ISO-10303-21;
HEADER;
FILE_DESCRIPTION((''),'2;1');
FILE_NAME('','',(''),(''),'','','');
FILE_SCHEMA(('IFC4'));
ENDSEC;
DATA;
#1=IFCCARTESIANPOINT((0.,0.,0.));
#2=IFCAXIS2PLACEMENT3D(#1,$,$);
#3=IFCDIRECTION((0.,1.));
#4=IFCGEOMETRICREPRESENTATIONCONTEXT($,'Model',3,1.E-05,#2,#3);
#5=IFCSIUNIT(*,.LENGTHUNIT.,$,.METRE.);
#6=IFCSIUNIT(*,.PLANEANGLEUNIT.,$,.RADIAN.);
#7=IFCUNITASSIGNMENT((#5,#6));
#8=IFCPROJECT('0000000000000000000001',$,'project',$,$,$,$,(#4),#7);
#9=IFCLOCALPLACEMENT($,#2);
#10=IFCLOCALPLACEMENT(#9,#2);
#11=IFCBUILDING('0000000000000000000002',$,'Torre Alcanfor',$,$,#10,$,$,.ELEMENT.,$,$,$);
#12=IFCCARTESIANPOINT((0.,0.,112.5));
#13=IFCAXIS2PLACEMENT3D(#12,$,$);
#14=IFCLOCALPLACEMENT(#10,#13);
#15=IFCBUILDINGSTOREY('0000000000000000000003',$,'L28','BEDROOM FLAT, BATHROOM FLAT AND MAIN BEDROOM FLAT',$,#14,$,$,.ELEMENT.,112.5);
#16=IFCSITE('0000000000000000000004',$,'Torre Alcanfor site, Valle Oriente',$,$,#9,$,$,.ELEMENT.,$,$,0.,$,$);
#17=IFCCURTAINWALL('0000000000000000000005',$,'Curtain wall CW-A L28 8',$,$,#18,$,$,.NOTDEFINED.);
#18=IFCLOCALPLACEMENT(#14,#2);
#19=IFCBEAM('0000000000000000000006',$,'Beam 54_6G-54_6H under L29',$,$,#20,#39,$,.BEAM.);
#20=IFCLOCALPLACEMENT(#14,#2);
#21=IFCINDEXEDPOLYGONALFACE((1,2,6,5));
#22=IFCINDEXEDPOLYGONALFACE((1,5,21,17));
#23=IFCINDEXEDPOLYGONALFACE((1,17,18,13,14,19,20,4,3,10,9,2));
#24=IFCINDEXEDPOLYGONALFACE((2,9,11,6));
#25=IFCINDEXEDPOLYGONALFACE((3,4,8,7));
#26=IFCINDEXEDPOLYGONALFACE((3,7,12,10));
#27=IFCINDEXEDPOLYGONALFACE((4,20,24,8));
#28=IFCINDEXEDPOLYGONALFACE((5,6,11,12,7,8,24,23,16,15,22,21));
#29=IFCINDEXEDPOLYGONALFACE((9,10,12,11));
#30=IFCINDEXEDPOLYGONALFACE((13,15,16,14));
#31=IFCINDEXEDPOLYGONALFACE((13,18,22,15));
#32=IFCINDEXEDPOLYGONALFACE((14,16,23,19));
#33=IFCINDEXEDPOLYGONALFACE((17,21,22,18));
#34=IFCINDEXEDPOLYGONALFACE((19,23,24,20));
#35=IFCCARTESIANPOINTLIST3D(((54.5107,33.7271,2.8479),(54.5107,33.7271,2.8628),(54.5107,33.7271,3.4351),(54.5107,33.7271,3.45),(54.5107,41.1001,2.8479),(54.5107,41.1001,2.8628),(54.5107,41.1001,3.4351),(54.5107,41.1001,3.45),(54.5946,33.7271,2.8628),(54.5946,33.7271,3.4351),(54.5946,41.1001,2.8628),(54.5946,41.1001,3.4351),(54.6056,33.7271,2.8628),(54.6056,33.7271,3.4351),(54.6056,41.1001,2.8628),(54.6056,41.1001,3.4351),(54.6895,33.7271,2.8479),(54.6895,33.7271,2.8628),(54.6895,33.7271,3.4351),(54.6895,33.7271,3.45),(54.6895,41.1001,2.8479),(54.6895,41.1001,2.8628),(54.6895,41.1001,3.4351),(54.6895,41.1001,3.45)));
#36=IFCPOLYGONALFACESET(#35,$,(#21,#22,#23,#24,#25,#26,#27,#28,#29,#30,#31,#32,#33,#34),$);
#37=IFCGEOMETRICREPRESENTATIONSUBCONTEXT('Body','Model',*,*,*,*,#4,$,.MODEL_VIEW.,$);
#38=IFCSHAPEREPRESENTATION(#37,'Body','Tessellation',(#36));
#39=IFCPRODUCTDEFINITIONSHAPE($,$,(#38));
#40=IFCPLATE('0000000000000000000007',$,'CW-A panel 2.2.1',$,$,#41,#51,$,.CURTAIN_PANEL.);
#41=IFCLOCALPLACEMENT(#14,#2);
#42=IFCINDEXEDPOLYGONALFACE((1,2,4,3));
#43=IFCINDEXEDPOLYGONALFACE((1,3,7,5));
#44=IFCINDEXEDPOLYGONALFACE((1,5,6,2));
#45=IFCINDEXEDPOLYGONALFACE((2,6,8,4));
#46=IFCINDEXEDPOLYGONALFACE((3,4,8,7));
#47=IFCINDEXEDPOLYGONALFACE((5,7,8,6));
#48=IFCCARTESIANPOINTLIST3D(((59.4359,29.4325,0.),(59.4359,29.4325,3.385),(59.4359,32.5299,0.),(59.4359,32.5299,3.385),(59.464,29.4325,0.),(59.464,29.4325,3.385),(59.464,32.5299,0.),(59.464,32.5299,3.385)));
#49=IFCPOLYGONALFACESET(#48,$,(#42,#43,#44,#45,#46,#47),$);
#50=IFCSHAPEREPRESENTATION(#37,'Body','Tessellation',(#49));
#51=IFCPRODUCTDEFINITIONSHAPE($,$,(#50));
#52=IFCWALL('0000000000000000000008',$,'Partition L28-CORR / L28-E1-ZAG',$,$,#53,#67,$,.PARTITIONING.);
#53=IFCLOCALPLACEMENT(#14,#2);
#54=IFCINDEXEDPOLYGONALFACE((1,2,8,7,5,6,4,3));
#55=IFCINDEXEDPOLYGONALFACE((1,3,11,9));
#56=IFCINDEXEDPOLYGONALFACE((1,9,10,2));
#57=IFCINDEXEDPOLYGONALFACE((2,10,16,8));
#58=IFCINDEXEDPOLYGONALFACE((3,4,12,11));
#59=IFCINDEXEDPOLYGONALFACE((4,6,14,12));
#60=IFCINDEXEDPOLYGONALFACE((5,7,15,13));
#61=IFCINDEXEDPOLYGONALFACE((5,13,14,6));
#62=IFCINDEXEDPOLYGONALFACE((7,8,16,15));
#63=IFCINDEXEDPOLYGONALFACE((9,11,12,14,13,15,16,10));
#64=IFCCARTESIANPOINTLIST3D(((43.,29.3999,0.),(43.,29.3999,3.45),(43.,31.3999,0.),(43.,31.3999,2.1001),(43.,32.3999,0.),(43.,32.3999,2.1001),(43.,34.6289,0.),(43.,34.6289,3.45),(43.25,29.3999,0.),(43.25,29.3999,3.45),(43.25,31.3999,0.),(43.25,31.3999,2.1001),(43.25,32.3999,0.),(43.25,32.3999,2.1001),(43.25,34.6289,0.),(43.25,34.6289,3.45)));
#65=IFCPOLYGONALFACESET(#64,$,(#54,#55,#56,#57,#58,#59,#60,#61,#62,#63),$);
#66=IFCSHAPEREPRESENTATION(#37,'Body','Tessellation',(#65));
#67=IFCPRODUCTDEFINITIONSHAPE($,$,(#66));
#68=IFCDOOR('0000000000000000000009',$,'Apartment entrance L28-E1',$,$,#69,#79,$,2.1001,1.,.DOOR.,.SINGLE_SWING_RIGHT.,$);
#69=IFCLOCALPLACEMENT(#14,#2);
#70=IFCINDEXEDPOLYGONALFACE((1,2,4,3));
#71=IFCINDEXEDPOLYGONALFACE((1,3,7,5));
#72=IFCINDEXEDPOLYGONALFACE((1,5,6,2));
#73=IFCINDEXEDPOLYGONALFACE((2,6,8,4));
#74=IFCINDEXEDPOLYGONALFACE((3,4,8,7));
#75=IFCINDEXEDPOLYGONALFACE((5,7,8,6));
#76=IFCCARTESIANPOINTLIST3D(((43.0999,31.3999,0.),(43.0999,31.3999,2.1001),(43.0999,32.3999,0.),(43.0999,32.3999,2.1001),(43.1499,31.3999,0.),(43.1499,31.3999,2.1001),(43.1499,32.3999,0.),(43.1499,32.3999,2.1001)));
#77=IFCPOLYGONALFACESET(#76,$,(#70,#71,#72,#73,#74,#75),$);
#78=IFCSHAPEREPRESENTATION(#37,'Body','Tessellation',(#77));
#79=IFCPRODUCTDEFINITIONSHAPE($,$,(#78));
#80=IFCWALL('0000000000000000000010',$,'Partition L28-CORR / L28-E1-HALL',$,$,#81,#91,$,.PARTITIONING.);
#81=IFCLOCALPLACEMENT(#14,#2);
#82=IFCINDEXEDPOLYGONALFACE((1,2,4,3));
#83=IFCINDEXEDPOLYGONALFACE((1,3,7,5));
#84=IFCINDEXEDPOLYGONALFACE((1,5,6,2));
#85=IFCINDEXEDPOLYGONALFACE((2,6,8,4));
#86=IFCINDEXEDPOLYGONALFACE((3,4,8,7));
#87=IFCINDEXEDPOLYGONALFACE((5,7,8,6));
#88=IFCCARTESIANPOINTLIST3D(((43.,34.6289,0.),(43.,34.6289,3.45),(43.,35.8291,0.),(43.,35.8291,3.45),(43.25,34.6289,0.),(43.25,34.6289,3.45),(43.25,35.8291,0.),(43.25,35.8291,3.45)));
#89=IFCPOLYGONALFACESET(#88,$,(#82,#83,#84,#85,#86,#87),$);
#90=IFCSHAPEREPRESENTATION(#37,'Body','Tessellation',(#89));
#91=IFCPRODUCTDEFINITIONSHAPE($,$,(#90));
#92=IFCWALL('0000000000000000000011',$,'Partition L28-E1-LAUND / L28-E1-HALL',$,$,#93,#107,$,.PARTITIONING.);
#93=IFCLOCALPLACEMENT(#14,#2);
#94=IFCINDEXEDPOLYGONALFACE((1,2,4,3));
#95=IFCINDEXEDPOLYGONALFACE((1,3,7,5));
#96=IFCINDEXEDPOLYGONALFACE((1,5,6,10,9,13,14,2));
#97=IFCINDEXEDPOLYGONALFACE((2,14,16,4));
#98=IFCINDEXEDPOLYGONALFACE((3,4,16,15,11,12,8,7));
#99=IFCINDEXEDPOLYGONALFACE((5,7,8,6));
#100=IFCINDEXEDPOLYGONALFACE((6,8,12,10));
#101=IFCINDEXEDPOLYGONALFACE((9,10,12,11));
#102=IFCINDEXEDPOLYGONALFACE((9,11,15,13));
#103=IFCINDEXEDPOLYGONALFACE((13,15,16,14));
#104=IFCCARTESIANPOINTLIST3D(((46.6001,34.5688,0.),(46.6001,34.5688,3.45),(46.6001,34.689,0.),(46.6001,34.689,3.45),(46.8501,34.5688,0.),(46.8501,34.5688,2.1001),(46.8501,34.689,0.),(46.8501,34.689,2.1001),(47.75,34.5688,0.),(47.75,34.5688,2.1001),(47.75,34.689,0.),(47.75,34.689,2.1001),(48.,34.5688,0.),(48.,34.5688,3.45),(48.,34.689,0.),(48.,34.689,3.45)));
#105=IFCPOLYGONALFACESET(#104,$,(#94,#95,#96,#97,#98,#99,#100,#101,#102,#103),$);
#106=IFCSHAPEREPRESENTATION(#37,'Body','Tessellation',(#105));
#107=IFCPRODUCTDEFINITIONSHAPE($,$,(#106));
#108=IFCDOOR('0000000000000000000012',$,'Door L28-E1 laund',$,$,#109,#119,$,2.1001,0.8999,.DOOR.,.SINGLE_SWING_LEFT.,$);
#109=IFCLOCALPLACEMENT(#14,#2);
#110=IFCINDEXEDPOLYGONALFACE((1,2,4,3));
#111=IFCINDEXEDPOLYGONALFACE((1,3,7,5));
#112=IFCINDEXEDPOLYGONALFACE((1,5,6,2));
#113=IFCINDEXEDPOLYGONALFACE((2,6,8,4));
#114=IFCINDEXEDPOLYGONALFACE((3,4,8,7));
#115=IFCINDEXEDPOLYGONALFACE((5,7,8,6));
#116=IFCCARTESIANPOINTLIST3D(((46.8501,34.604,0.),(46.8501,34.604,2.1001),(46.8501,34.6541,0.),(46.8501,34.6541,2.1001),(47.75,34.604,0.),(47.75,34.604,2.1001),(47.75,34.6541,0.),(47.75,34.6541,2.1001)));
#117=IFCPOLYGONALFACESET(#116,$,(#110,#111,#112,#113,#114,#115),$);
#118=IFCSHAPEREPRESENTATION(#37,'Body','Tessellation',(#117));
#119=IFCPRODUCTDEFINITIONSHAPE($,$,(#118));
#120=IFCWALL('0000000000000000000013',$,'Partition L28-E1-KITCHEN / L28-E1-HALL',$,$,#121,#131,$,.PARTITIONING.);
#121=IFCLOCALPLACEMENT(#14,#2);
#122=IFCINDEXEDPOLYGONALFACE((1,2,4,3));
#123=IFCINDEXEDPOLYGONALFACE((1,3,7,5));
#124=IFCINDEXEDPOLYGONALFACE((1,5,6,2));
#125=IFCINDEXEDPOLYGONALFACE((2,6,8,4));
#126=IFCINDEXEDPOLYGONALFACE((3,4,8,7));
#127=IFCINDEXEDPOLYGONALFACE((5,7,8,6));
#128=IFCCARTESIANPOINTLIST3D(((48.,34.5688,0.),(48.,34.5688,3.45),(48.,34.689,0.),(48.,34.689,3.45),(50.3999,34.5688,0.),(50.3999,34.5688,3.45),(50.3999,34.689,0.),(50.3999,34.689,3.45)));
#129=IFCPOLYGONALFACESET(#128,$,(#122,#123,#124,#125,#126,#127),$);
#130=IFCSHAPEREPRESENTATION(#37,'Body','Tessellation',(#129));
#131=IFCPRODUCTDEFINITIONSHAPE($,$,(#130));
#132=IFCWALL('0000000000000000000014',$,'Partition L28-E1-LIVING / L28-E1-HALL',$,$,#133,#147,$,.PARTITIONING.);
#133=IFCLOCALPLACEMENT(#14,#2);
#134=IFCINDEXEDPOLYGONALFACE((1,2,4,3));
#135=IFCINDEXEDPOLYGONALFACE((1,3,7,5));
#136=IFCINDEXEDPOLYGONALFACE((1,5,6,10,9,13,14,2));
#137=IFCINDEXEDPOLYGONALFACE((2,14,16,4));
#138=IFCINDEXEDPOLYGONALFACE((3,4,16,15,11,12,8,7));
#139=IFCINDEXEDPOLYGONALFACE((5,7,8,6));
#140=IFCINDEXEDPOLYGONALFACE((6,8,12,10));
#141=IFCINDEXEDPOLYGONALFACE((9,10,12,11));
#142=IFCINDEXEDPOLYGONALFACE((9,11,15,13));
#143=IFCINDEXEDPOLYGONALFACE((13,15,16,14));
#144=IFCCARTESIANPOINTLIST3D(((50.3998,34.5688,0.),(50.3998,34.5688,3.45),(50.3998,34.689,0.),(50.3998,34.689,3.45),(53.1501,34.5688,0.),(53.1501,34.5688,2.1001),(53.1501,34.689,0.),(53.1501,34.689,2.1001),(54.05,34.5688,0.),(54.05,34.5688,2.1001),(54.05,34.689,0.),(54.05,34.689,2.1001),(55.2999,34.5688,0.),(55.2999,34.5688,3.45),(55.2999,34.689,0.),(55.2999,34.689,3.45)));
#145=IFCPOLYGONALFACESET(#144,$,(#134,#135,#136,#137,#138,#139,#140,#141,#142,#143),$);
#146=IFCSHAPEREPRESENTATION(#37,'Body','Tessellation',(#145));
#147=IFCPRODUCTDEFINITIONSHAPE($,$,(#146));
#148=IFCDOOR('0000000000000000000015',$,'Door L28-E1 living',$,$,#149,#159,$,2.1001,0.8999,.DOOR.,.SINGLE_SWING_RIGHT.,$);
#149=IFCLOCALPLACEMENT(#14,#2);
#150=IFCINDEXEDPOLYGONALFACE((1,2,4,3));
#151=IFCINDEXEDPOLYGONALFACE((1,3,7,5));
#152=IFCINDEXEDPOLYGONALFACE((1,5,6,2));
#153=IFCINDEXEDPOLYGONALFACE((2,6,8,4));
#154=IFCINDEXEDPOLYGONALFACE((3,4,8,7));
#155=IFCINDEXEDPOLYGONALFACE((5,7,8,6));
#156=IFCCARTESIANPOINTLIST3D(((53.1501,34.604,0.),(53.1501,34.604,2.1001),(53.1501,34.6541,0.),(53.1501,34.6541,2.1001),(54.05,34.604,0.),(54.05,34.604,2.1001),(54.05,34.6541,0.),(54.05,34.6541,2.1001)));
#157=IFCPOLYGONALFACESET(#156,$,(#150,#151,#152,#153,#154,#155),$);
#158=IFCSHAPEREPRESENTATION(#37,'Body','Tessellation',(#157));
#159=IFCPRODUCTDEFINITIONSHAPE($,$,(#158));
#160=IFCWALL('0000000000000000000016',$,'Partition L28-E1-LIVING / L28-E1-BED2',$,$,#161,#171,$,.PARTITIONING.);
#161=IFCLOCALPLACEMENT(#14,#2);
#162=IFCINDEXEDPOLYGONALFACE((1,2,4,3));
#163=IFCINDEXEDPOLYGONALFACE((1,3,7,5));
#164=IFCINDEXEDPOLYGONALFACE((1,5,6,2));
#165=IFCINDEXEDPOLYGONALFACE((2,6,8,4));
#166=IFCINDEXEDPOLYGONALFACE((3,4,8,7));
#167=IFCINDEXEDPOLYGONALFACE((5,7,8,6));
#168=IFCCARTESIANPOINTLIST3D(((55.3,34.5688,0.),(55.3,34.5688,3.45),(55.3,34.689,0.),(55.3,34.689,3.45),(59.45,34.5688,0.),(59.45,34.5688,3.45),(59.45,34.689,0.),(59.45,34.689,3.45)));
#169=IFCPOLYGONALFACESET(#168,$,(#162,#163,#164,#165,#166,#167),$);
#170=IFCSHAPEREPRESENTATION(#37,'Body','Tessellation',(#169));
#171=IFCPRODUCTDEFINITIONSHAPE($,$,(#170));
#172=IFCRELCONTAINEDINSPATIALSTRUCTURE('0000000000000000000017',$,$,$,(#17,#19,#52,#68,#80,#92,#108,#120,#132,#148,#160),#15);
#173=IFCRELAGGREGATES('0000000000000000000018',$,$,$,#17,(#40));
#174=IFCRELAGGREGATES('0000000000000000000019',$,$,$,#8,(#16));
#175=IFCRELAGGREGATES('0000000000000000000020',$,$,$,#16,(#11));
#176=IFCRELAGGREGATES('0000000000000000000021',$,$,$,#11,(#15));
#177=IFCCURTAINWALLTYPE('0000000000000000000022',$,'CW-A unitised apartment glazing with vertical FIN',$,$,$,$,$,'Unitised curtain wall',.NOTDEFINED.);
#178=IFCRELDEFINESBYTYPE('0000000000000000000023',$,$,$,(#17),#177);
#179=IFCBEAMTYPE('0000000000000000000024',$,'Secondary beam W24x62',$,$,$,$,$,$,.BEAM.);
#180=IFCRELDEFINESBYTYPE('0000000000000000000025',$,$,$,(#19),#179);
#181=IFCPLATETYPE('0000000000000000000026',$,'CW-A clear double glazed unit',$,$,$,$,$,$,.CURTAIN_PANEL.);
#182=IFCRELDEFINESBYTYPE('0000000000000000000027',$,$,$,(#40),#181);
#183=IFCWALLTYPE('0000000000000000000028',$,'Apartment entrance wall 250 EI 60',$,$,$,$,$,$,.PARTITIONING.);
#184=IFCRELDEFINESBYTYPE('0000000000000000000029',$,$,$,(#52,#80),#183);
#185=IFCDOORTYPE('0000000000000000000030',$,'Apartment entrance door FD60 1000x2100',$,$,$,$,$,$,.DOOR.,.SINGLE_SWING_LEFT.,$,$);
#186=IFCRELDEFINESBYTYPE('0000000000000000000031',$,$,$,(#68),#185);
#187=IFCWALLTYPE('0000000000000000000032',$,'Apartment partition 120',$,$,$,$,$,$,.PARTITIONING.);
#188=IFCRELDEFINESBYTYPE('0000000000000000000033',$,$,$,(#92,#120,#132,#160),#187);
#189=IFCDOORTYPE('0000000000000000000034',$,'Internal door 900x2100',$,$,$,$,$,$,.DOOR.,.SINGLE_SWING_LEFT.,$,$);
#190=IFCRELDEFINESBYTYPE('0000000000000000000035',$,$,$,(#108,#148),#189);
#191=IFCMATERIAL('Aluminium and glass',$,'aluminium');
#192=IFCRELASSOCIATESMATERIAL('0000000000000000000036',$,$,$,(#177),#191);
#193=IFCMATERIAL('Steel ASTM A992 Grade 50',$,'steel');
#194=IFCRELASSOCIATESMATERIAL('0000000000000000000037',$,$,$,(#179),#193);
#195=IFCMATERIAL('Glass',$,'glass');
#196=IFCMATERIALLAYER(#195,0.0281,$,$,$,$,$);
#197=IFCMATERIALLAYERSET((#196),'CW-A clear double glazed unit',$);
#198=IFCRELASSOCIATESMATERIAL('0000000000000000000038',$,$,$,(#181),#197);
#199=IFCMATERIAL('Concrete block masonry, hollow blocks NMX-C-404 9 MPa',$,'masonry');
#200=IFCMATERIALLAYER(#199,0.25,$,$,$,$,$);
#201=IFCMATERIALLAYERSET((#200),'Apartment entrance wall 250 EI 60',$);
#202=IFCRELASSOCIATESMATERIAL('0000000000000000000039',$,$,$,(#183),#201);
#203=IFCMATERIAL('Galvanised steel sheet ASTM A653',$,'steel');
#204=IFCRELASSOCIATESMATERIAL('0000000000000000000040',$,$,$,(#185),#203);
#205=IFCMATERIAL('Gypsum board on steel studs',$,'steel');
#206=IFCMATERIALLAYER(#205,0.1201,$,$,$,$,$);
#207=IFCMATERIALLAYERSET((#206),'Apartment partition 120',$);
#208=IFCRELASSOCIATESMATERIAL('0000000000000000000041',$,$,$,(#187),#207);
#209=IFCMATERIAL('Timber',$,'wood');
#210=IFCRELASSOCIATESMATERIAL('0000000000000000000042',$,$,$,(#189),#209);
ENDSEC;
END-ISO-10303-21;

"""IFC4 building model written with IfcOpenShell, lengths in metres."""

from ifc_helpers import new_model, si_unit, direction, frame, frame_2d, origin, origin_2d, place, context, subcontext, project, spatial, rectangle, i_section, extrude, material, layer, layer_set, material_profile, profile_set, type_object, element, fill, aggregate, save


model = new_model("IFC4")

# Units and contexts
model_context = context("Model", 3, precision=1e-05, world=origin(), true_north=direction((0.0, 1.0)))
body_context = subcontext(model_context, "Body", "Model", "MODEL_VIEW")
ifc_project = project(units=[si_unit("LENGTHUNIT", "METRE"), si_unit("PLANEANGLEUNIT", "RADIAN")], contexts=[model_context])

# Site, building, storey
site_placement = place(None, origin())
site = spatial("IfcSite", under=ifc_project, at=site_placement, Name="Torre Alcanfor site, Valle Oriente", CompositionType="ELEMENT", RefElevation=0.0)
building_placement = place(site_placement, origin())
building = spatial("IfcBuilding", under=site, at=building_placement, Name="Torre Alcanfor", CompositionType="ELEMENT")
storey_placement = place(building_placement, frame((0.0, 0.0, 112.5)))
storey = spatial("IfcBuildingStorey", under=building, at=storey_placement, Name="L28", Description="BEDROOM FLAT, BATHROOM FLAT AND MAIN BEDROOM FLAT", CompositionType="ELEMENT", Elevation=112.5)

# Curtain wall
ifc_material_1 = material(Name="Aluminium and glass", Category="aluminium")
curtain_wall_type = type_object("IfcCurtainWallType", Name="CW-A unitised apartment glazing with vertical FIN", ElementType="Unitised curtain wall", PredefinedType="NOTDEFINED", material=ifc_material_1)
curtain_wall_placement = place(storey_placement, origin())
curtain_wall = element("IfcCurtainWall", 1, at=curtain_wall_placement, inside=storey, type_object=curtain_wall_type, Name="Curtain wall CW-A L28 8", PredefinedType="NOTDEFINED")

# Beam
ifc_material_2 = material(Name="Steel ASTM A992 Grade 50", Category="steel")
ifc_material_profile_1 = material_profile(ifc_material_2, i_section(OverallWidth=0.1787, OverallDepth=0.6021, WebThickness=0.011, FlangeThickness=0.0149, at=origin_2d()), Name="W24x62")
ifc_profile_set_1 = profile_set([ifc_material_profile_1], Name="Steel ASTM A992 Grade 50")
beam_type_1 = type_object("IfcBeamType", Name="Secondary beam W24x62", PredefinedType="BEAM", material=ifc_profile_set_1)
for number, where, z_axis, x_axis, name in (
    (2, (54.6001, 33.7271, 3.1489), (0.0, 1.0, 0.0), (-1.0, 0.0, 0.0), "Beam 54_6G-54_6H under L29"),
):
    element("IfcBeam", number, at=place(storey_placement, frame(where, z_axis=z_axis, x_axis=x_axis)), inside=storey, type_object=beam_type_1, Name=name, PredefinedType="BEAM", context=body_context, shape_type="SweptSolid", body=[
        extrude(i_section(OverallWidth=0.1787, OverallDepth=0.6021, WebThickness=0.011, FlangeThickness=0.0149, at=origin_2d()), origin(), (0.0, 0.0, 1.0), 7.373),
    ])

# Plate
ifc_material_3 = material(Name="Glass", Category="glass")
ifc_layer_1 = layer(ifc_material_3, 0.0281)
ifc_layer_set_1 = layer_set([ifc_layer_1], Name="CW-A clear double glazed unit")
plate_type = type_object("IfcPlateType", Name="CW-A clear double glazed unit", PredefinedType="CURTAIN_PANEL", material=ifc_layer_set_1)
plate_placement = place(storey_placement, frame((59.45, 30.9812, 0.0), z_axis=(0.0, 0.0, 1.0), x_axis=(0.0, 1.0, 0.0)))
plate = element("IfcPlate", 3, at=plate_placement, type_object=plate_type, Name="CW-A panel 2.2.1", PredefinedType="CURTAIN_PANEL", context=body_context, shape_type="SweptSolid", body=[
    extrude(rectangle(XDim=3.0974, YDim=0.0281, at=origin_2d()), origin(), (0.0, 0.0, 1.0), 3.385),
])
aggregate(curtain_wall, [plate])

# Wall, opening, door
ifc_material_4 = material(Name="Concrete block masonry, hollow blocks NMX-C-404 9 MPa", Category="masonry")
ifc_layer_2 = layer(ifc_material_4, 0.25)
ifc_layer_set_2 = layer_set([ifc_layer_2], Name="Apartment entrance wall 250 EI 60")
wall_type_1 = type_object("IfcWallType", Name="Apartment entrance wall 250 EI 60", PredefinedType="PARTITIONING", material=ifc_layer_set_2)
wall_1_placement = place(storey_placement, frame((43.125, 34.6289, 0.0), z_axis=(0.0, 0.0, 1.0), x_axis=(0.0, -1.0, 0.0)))
wall_1 = element("IfcWall", 4, at=wall_1_placement, inside=storey, type_object=wall_type_1, Name="Partition L28-CORR / L28-E1-ZAG", PredefinedType="PARTITIONING", context=body_context, shape_type="SweptSolid", body=[
    extrude(rectangle(XDim=5.229, YDim=0.25, at=frame_2d((2.6145, 0.0))), origin(), (0.0, 0.0, 1.0), 3.45),
])
opening_1_placement = place(wall_1_placement, frame((2.229, 0.0, 0.0)))
opening_1 = element("IfcOpeningElement", 5, at=opening_1_placement, cuts=wall_1, PredefinedType="OPENING", context=body_context, shape_type="SweptSolid", body=[
    extrude(rectangle(XDim=1.0, YDim=2.1001, at=frame_2d((0.5, 1.05))), frame((0.0, 0.135, 0.0), z_axis=(0.0, -1.0, 0.0), x_axis=(1.0, 0.0, 0.0)), (0.0, 0.0, 1.0), 0.27),
])
ifc_material_5 = material(Name="Galvanised steel sheet ASTM A653", Category="steel")
door_type_1 = type_object("IfcDoorType", Name="Apartment entrance door FD60 1000x2100", OperationType="SINGLE_SWING_LEFT", PredefinedType="DOOR", material=ifc_material_5)
door_1_placement = place(opening_1_placement, origin())
door_1 = element("IfcDoor", 6, at=door_1_placement, inside=storey, type_object=door_type_1, Name="Apartment entrance L28-E1", OperationType="SINGLE_SWING_RIGHT", OverallHeight=2.1001, OverallWidth=1.0, PredefinedType="DOOR", context=body_context, shape_type="SweptSolid", body=[
    extrude(rectangle(XDim=1.0, YDim=2.1001, at=frame_2d((0.5, 1.05))), frame((0.0, 0.0249, 0.0), z_axis=(0.0, -1.0, 0.0), x_axis=(1.0, 0.0, 0.0)), (0.0, 0.0, 1.0), 0.05),
])
fill(opening_1, door_1)

# Wall
wall_2_placement = place(storey_placement, frame((43.125, 35.8291, 0.0), z_axis=(0.0, 0.0, 1.0), x_axis=(0.0, -1.0, 0.0)))
element("IfcWall", 7, at=wall_2_placement, inside=storey, type_object=wall_type_1, Name="Partition L28-CORR / L28-E1-HALL", PredefinedType="PARTITIONING", context=body_context, shape_type="SweptSolid", body=[
    extrude(rectangle(XDim=1.2002, YDim=0.25, at=frame_2d((0.6001, 0.0))), origin(), (0.0, 0.0, 1.0), 3.45),
])

# Wall, opening, door
ifc_material_6 = material(Name="Gypsum board on steel studs", Category="steel")
ifc_layer_3 = layer(ifc_material_6, 0.1201)
ifc_layer_set_3 = layer_set([ifc_layer_3], Name="Apartment partition 120")
wall_type_2 = type_object("IfcWallType", Name="Apartment partition 120", PredefinedType="PARTITIONING", material=ifc_layer_set_3)
wall_3_placement = place(storey_placement, frame((48.0, 34.6289, 0.0), z_axis=(0.0, 0.0, 1.0), x_axis=(-1.0, 0.0, 0.0)))
wall_3 = element("IfcWall", 8, at=wall_3_placement, inside=storey, type_object=wall_type_2, Name="Partition L28-E1-LAUND / L28-E1-HALL", PredefinedType="PARTITIONING", context=body_context, shape_type="SweptSolid", body=[
    extrude(rectangle(XDim=1.3999, YDim=0.1201, at=frame_2d((0.7, 0.0))), origin(), (0.0, 0.0, 1.0), 3.45),
])
opening_2_placement = place(wall_3_placement, frame((0.25, 0.0, 0.0)))
opening_2 = element("IfcOpeningElement", 9, at=opening_2_placement, cuts=wall_3, PredefinedType="OPENING", context=body_context, shape_type="SweptSolid", body=[
    extrude(rectangle(XDim=0.8999, YDim=2.1001, at=frame_2d((0.45, 1.05))), frame((0.0, 0.0701, 0.0), z_axis=(0.0, -1.0, 0.0), x_axis=(1.0, 0.0, 0.0)), (0.0, 0.0, 1.0), 0.1401),
])
ifc_material_7 = material(Name="Timber", Category="wood")
door_type_2 = type_object("IfcDoorType", Name="Internal door 900x2100", OperationType="SINGLE_SWING_LEFT", PredefinedType="DOOR", material=ifc_material_7)
door_2_placement = place(opening_2_placement, origin())
door_2 = element("IfcDoor", 10, at=door_2_placement, inside=storey, type_object=door_type_2, Name="Door L28-E1 laund", OperationType="SINGLE_SWING_LEFT", OverallHeight=2.1001, OverallWidth=0.8999, PredefinedType="DOOR", context=body_context, shape_type="SweptSolid", body=[
    extrude(rectangle(XDim=0.8999, YDim=2.1001, at=frame_2d((0.45, 1.05))), frame((0.0, 0.0249, 0.0), z_axis=(0.0, -1.0, 0.0), x_axis=(1.0, 0.0, 0.0)), (0.0, 0.0, 1.0), 0.05),
])
fill(opening_2, door_2)

# Wall
wall_4_placement = place(storey_placement, frame((50.3999, 34.6289, 0.0), z_axis=(0.0, 0.0, 1.0), x_axis=(-1.0, 0.0, 0.0)))
element("IfcWall", 11, at=wall_4_placement, inside=storey, type_object=wall_type_2, Name="Partition L28-E1-KITCHEN / L28-E1-HALL", PredefinedType="PARTITIONING", context=body_context, shape_type="SweptSolid", body=[
    extrude(rectangle(XDim=2.3999, YDim=0.1201, at=frame_2d((1.2, 0.0))), origin(), (0.0, 0.0, 1.0), 3.45),
])

# Wall, opening, door
wall_5_placement = place(storey_placement, frame((55.3, 34.6289, 0.0), z_axis=(0.0, 0.0, 1.0), x_axis=(-1.0, 0.0, 0.0)))
wall_5 = element("IfcWall", 12, at=wall_5_placement, inside=storey, type_object=wall_type_2, Name="Partition L28-E1-LIVING / L28-E1-HALL", PredefinedType="PARTITIONING", context=body_context, shape_type="SweptSolid", body=[
    extrude(rectangle(XDim=4.9001, YDim=0.1201, at=frame_2d((2.4502, 0.0))), origin(), (0.0, 0.0, 1.0), 3.45),
])
opening_3_placement = place(wall_5_placement, frame((1.25, 0.0, 0.0)))
opening_3 = element("IfcOpeningElement", 13, at=opening_3_placement, cuts=wall_5, PredefinedType="OPENING", context=body_context, shape_type="SweptSolid", body=[
    extrude(rectangle(XDim=0.8999, YDim=2.1001, at=frame_2d((0.45, 1.05))), frame((0.0, 0.0701, 0.0), z_axis=(0.0, -1.0, 0.0), x_axis=(1.0, 0.0, 0.0)), (0.0, 0.0, 1.0), 0.1401),
])
door_3_placement = place(opening_3_placement, origin())
door_3 = element("IfcDoor", 14, at=door_3_placement, inside=storey, type_object=door_type_2, Name="Door L28-E1 living", OperationType="SINGLE_SWING_RIGHT", OverallHeight=2.1001, OverallWidth=0.8999, PredefinedType="DOOR", context=body_context, shape_type="SweptSolid", body=[
    extrude(rectangle(XDim=0.8999, YDim=2.1001, at=frame_2d((0.45, 1.05))), frame((0.0, 0.0249, 0.0), z_axis=(0.0, -1.0, 0.0), x_axis=(1.0, 0.0, 0.0)), (0.0, 0.0, 1.0), 0.05),
])
fill(opening_3, door_3)

# Wall
wall_6_placement = place(storey_placement, frame((59.45, 34.6289, 0.0), z_axis=(0.0, 0.0, 1.0), x_axis=(-1.0, 0.0, 0.0)))
element("IfcWall", 15, at=wall_6_placement, inside=storey, type_object=wall_type_2, Name="Partition L28-E1-LIVING / L28-E1-BED2", PredefinedType="PARTITIONING", context=body_context, shape_type="SweptSolid", body=[
    extrude(rectangle(XDim=4.1499, YDim=0.1201, at=frame_2d((2.075, 0.0))), origin(), (0.0, 0.0, 1.0), 3.45),
])

save(model, "model.ifc")
